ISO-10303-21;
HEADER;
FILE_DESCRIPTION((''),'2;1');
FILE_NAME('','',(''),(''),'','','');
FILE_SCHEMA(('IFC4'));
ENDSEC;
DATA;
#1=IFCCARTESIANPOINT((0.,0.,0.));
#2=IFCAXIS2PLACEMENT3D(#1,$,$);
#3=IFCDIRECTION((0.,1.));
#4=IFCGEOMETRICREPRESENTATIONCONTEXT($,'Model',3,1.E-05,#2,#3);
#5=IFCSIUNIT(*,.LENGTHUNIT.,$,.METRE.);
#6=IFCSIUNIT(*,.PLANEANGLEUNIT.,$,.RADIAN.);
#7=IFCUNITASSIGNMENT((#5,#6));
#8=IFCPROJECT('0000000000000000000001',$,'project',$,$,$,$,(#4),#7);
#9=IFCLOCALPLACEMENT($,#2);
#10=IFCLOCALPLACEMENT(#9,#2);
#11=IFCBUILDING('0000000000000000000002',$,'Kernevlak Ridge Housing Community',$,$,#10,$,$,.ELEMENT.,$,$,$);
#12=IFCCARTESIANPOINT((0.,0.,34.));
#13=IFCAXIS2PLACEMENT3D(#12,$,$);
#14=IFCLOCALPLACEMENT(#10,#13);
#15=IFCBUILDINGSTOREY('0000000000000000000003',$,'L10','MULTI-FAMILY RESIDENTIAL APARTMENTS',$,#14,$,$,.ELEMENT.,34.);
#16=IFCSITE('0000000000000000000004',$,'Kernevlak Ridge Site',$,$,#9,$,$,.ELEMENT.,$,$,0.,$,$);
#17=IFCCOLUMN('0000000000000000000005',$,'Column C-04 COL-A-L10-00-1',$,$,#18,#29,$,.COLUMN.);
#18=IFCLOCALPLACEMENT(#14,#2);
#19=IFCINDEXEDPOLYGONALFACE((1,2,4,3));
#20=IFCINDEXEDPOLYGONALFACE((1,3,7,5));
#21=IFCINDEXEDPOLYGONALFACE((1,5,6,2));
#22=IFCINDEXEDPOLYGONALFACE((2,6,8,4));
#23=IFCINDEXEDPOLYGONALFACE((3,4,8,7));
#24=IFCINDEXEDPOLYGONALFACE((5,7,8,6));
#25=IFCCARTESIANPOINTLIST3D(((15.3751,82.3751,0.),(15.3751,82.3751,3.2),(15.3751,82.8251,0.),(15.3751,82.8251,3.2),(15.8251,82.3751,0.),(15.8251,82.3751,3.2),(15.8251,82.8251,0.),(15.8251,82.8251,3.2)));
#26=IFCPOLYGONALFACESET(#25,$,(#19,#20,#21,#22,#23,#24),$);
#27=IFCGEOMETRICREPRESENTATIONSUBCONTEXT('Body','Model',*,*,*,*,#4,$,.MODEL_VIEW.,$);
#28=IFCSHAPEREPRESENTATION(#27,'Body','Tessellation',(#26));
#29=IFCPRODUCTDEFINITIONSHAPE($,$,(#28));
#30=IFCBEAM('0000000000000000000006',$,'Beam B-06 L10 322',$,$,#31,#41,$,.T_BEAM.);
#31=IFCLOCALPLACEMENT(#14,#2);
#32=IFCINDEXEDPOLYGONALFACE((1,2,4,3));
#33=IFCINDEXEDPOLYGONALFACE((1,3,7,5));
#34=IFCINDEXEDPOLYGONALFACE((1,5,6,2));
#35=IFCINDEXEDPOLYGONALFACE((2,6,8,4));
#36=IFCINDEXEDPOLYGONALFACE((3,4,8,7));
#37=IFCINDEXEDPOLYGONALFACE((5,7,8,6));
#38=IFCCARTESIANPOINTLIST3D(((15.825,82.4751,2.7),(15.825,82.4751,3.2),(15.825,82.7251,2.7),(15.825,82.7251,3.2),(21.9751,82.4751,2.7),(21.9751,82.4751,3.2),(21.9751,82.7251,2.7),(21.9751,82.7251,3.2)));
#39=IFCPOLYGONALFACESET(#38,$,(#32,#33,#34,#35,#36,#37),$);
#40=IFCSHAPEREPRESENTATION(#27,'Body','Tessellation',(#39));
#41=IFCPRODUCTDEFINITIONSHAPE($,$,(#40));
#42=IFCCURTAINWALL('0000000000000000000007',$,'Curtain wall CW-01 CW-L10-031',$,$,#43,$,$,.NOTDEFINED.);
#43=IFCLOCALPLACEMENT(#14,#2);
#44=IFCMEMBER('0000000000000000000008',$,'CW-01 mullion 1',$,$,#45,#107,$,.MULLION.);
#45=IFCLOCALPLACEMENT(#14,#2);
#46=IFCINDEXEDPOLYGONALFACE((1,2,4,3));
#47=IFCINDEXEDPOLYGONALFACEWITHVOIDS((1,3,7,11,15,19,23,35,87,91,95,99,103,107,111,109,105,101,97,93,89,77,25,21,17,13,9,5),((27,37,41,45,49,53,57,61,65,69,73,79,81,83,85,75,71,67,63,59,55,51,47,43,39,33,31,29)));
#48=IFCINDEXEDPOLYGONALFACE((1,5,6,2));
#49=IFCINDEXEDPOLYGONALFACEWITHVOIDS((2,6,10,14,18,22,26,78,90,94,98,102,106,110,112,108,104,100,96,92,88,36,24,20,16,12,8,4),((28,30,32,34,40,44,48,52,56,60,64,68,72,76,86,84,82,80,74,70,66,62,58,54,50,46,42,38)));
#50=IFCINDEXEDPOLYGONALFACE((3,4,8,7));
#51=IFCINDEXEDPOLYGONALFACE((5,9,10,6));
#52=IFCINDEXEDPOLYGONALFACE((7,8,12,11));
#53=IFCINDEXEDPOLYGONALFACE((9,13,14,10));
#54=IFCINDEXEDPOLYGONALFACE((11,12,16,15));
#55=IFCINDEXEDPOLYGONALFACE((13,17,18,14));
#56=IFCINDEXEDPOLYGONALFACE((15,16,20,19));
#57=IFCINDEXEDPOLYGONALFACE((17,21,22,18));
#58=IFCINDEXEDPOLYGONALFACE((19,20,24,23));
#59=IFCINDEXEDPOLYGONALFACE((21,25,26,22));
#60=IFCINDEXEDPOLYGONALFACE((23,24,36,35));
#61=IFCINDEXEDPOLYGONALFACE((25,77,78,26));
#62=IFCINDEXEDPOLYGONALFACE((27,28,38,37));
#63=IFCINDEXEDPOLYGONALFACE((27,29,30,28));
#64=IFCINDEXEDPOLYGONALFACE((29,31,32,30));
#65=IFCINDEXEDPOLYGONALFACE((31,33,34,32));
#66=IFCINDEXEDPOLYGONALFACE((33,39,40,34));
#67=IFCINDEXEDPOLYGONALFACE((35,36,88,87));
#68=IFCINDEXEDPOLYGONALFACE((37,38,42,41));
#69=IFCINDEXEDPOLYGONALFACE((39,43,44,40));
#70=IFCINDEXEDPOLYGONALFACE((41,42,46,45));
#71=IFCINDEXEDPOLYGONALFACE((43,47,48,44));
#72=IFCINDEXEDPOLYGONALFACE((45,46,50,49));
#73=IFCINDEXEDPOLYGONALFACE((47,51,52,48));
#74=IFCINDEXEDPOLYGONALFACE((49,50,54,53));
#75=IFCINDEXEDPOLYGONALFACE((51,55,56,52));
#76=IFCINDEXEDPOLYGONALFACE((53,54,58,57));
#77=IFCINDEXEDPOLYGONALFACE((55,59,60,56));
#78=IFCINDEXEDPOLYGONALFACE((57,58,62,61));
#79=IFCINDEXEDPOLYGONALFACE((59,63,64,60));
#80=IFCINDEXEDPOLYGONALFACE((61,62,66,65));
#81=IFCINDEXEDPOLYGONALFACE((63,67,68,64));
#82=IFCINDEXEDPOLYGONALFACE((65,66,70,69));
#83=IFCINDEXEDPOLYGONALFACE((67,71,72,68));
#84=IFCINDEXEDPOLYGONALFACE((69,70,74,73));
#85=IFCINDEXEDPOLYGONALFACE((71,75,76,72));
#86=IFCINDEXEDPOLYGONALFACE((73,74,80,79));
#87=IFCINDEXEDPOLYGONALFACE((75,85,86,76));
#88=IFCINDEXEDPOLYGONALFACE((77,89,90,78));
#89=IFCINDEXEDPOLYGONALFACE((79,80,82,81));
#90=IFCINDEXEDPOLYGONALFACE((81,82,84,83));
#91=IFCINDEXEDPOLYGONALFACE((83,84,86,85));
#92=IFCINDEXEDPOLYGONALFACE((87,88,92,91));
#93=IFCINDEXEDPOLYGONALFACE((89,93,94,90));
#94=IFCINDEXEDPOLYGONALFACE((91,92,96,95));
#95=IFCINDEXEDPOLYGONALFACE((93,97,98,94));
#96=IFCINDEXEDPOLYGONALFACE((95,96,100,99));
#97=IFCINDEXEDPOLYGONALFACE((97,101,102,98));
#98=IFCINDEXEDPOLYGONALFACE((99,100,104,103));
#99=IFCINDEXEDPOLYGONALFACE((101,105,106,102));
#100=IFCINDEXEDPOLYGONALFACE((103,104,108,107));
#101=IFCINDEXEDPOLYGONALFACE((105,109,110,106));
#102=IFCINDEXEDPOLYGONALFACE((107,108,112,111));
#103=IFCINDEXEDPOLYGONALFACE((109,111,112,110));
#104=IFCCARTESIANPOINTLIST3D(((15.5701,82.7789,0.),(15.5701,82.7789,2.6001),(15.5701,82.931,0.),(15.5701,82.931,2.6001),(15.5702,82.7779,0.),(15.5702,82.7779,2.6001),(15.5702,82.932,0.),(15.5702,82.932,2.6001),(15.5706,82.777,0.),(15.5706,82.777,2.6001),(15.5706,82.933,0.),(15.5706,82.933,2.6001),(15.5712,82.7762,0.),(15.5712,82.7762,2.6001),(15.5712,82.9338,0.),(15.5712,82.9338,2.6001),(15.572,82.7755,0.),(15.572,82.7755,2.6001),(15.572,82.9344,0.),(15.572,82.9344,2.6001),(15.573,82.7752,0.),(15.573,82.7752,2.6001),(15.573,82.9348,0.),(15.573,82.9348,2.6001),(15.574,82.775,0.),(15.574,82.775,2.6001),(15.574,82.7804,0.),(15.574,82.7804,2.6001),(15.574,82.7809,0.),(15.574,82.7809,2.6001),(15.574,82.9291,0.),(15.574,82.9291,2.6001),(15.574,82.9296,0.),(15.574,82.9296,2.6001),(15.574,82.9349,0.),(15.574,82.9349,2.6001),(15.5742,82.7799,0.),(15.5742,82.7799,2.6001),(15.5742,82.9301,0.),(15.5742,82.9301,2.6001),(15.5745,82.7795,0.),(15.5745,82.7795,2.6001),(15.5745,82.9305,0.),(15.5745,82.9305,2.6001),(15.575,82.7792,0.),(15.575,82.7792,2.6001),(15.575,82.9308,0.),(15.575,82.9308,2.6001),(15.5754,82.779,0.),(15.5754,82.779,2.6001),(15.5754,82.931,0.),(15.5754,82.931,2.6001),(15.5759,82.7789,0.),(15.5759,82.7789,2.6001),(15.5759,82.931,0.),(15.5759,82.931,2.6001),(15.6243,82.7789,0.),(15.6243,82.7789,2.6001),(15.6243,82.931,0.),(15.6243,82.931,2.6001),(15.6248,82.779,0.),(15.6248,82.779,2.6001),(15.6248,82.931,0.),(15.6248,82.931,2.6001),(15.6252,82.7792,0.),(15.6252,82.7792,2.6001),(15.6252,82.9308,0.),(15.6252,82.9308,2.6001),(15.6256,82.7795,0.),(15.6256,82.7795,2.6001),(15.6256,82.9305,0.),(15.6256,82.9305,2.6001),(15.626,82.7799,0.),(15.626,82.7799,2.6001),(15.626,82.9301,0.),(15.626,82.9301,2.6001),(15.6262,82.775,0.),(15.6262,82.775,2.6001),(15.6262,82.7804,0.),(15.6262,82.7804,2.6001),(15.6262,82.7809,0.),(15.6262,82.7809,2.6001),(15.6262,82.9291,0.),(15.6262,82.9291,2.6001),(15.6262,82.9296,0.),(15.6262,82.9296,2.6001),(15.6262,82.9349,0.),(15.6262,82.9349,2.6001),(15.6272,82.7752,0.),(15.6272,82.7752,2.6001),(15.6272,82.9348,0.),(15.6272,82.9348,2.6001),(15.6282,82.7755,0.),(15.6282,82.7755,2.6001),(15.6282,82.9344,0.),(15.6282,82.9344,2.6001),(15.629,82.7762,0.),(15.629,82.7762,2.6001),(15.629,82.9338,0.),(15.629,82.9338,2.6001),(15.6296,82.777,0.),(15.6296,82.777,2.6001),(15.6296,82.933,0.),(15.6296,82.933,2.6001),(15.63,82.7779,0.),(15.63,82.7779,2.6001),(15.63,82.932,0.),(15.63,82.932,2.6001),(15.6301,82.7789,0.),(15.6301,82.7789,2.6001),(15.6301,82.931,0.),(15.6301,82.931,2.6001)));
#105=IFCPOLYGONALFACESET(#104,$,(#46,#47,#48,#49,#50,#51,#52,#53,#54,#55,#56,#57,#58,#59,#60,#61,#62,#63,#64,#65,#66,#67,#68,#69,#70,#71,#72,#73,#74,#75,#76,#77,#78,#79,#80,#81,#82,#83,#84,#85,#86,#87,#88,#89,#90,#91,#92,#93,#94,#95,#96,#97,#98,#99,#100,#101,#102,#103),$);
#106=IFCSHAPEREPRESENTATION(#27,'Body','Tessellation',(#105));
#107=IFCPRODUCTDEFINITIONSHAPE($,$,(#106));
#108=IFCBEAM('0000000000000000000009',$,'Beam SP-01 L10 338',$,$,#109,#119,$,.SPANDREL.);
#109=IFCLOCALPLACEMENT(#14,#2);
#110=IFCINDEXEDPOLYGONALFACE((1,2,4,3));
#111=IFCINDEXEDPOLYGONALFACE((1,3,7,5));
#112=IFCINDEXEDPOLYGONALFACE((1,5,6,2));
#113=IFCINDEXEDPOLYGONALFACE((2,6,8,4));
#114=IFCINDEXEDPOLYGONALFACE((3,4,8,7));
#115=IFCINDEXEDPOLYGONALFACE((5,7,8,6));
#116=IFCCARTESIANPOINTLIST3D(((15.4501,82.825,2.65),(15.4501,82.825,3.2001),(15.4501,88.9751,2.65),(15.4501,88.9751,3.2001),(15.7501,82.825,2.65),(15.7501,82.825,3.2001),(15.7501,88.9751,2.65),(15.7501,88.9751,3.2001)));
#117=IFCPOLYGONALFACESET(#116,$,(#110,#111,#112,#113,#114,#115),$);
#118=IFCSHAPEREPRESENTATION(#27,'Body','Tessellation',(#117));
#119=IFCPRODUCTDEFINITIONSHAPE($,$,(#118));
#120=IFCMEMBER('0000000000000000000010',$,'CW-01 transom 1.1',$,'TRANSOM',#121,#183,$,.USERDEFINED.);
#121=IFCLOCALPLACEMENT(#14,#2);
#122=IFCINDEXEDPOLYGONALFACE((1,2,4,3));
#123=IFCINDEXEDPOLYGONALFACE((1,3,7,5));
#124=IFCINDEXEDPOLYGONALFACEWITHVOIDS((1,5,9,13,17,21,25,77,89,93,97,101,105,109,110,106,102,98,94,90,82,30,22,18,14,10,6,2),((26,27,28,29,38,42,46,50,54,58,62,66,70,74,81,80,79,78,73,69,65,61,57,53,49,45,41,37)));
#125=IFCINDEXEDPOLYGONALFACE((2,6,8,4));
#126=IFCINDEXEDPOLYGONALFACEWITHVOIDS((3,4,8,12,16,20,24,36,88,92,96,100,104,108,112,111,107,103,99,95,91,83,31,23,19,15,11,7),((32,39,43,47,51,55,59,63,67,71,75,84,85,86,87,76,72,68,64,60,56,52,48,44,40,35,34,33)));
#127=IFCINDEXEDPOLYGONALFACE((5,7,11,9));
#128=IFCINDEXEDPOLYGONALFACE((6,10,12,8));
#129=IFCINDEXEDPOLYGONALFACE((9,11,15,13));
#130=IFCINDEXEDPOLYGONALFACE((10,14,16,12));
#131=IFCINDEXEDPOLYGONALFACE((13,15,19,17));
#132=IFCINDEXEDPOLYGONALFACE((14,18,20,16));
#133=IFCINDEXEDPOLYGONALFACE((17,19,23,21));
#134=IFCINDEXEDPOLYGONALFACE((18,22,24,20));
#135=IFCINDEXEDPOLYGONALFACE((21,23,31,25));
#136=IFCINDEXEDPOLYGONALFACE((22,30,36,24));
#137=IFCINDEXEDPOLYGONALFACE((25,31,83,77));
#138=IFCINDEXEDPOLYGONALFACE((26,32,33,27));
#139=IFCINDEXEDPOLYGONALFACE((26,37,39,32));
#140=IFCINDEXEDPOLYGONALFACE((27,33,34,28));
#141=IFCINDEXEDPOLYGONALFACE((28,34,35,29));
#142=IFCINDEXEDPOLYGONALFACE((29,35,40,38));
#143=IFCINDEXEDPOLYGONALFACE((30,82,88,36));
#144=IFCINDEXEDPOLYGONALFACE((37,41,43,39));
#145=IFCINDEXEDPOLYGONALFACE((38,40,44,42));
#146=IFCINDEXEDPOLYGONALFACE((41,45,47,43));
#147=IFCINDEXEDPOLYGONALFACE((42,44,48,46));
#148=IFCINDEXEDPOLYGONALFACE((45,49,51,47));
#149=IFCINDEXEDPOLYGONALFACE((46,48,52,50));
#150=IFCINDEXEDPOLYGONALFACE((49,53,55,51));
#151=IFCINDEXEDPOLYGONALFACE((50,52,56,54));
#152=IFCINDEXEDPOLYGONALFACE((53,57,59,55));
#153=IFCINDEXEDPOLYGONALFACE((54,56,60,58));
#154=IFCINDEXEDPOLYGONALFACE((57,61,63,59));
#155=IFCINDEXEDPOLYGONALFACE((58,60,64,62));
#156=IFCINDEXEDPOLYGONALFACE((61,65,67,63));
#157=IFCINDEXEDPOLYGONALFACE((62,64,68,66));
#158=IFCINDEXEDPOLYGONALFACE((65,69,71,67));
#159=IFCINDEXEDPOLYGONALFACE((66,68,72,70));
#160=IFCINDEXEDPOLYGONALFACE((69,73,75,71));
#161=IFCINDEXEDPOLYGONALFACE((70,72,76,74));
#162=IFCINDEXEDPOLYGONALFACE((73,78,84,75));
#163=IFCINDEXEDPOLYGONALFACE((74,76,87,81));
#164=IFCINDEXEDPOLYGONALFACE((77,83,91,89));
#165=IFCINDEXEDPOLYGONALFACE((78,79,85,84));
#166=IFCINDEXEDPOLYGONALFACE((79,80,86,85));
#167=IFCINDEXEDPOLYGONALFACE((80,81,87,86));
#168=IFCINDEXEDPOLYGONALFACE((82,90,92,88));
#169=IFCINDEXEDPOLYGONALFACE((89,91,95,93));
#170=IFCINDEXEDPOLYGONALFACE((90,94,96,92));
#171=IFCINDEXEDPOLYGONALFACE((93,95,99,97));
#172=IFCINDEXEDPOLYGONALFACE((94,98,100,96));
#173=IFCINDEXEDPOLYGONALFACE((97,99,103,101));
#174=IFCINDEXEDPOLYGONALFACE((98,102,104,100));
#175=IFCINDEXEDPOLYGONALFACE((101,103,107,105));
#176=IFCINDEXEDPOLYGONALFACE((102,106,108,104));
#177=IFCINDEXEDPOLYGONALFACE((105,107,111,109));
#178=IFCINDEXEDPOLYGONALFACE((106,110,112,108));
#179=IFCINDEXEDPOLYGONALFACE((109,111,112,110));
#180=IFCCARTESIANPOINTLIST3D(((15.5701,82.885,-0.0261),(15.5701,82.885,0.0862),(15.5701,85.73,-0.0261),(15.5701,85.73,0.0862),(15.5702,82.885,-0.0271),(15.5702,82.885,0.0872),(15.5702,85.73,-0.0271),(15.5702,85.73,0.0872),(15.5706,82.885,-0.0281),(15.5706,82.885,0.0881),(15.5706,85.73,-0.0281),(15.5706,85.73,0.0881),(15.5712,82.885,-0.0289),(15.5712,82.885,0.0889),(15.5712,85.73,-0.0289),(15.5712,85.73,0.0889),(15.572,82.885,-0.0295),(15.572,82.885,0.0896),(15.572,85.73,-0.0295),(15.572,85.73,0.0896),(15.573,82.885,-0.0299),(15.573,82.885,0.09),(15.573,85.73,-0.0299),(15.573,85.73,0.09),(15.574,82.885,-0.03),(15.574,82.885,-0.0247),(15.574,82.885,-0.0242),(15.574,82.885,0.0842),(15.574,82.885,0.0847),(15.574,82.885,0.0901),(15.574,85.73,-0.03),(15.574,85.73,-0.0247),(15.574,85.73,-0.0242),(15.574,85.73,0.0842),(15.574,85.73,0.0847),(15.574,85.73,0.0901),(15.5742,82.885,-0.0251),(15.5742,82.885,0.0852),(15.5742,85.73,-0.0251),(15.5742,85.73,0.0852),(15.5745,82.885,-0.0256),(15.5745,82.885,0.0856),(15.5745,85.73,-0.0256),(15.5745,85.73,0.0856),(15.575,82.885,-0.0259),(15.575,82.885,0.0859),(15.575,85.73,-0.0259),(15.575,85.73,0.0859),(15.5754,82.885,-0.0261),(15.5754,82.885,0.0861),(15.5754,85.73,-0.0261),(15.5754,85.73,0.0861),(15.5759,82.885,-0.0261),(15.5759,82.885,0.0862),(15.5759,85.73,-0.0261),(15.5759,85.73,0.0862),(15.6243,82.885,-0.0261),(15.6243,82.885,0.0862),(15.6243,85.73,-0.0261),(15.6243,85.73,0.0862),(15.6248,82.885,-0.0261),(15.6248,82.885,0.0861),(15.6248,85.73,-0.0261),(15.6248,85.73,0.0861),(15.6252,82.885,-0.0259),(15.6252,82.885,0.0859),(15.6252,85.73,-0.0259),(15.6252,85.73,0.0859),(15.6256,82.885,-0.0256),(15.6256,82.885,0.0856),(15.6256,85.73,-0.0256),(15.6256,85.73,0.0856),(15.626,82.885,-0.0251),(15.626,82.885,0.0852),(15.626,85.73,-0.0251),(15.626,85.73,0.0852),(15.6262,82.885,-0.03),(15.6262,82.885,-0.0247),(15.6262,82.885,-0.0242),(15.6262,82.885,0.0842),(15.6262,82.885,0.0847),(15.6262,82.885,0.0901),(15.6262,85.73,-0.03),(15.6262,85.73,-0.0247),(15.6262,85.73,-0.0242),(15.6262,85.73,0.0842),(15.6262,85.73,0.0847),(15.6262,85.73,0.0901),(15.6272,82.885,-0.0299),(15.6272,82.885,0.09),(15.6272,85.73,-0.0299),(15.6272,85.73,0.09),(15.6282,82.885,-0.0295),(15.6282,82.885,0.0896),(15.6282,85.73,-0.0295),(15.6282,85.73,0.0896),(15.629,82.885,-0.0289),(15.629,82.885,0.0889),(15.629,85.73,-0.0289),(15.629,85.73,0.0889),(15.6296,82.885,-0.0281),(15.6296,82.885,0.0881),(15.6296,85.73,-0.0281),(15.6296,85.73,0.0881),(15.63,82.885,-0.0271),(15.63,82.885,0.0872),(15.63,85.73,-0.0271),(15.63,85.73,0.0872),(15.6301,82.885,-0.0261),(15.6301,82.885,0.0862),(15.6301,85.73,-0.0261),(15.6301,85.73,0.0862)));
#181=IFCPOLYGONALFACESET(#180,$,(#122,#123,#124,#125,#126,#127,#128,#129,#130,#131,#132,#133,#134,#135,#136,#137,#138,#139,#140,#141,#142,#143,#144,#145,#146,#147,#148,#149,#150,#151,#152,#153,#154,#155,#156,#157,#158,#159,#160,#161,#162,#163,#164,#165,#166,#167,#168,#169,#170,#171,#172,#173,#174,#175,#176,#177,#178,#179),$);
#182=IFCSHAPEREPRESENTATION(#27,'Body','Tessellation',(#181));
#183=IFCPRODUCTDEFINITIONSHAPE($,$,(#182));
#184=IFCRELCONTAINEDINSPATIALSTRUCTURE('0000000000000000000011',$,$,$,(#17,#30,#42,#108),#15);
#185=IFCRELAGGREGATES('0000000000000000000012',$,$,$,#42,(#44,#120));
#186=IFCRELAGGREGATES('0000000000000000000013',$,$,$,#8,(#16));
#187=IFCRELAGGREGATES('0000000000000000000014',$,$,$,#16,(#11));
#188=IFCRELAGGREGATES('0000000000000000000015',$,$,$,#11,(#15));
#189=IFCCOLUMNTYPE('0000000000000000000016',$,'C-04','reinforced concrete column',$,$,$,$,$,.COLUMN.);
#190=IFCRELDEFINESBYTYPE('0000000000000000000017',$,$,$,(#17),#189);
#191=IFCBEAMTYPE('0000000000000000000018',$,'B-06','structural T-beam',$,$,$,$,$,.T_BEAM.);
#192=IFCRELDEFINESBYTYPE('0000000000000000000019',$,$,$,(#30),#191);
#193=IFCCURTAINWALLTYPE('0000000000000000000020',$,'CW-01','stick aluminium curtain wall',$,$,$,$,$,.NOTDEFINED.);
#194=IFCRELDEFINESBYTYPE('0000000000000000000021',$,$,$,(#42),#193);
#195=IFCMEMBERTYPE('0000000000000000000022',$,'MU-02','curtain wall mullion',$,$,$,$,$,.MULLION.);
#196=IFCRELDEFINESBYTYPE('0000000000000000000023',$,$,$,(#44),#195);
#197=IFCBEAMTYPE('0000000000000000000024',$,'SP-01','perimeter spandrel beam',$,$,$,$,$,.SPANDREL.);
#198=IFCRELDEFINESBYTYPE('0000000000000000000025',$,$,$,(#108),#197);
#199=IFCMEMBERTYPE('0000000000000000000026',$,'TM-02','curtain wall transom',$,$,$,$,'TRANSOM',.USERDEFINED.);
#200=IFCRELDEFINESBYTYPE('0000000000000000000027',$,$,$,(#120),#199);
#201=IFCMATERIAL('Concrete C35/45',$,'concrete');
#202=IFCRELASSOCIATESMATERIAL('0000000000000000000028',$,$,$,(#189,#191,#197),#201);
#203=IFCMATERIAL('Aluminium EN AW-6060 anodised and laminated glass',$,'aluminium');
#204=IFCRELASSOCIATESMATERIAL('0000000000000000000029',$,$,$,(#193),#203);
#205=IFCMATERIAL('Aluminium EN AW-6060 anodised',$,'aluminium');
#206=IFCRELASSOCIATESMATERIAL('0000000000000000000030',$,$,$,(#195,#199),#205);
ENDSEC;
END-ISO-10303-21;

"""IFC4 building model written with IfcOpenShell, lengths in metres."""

from ifc_helpers import new_model, si_unit, direction, frame, origin, origin_2d, place, context, subcontext, project, spatial, rectangle, hollow_rectangle, extrude, material, material_profile, profile_set, type_object, element, aggregate, save


model = new_model("IFC4")

# Units and contexts
model_context = context("Model", 3, precision=1e-05, world=origin(), true_north=direction((0.0, 1.0)))
body_context = subcontext(model_context, "Body", "Model", "MODEL_VIEW")
ifc_project = project(units=[si_unit("LENGTHUNIT", "METRE"), si_unit("PLANEANGLEUNIT", "RADIAN")], contexts=[model_context])

# Site, building, storey
site_placement = place(None, origin())
site = spatial("IfcSite", under=ifc_project, at=site_placement, Name="Kernevlak Ridge Site", CompositionType="ELEMENT", RefElevation=0.0)
building_placement = place(site_placement, origin())
building = spatial("IfcBuilding", under=site, at=building_placement, Name="Kernevlak Ridge Housing Community", CompositionType="ELEMENT")
storey_placement = place(building_placement, frame((0.0, 0.0, 34.0)))
storey = spatial("IfcBuildingStorey", under=building, at=storey_placement, Name="L10", Description="MULTI-FAMILY RESIDENTIAL APARTMENTS", CompositionType="ELEMENT", Elevation=34.0)

# Column
ifc_material_1 = material(Name="Concrete C35/45", Category="concrete")
ifc_material_profile_1 = material_profile(ifc_material_1, rectangle(XDim=0.45, YDim=0.45, at=origin_2d()), Name="RC 450x450")
ifc_profile_set_1 = profile_set([ifc_material_profile_1], Name="Concrete C35/45")
column_type = type_object("IfcColumnType", Name="C-04", Description="reinforced concrete column", PredefinedType="COLUMN", material=ifc_profile_set_1)
column_placement = place(storey_placement, frame((15.6001, 82.6001, 0.0), z_axis=(0.0, 0.0, 1.0), x_axis=(1.0, 0.0, 0.0)))
element("IfcColumn", 1, at=column_placement, inside=storey, type_object=column_type, Name="Column C-04 COL-A-L10-00-1", PredefinedType="COLUMN", context=body_context, shape_type="SweptSolid", body=[
    extrude(rectangle(XDim=0.45, YDim=0.45, at=origin_2d()), origin(), (0.0, 0.0, 1.0), 3.2),
])

# Beam
ifc_material_profile_2 = material_profile(ifc_material_1, rectangle(XDim=0.25, YDim=0.5, at=origin_2d()), Name="RC 250x500")
ifc_profile_set_2 = profile_set([ifc_material_profile_2], Name="Concrete C35/45")
beam_type_1 = type_object("IfcBeamType", Name="B-06", Description="structural T-beam", PredefinedType="T_BEAM", material=ifc_profile_set_2)
beam_1_placement = place(storey_placement, frame((15.825, 82.6001, 2.95), z_axis=(1.0, 0.0, 0.0), x_axis=(0.0, 1.0, 0.0)))
element("IfcBeam", 2, at=beam_1_placement, inside=storey, type_object=beam_type_1, Name="Beam B-06 L10 322", PredefinedType="T_BEAM", context=body_context, shape_type="SweptSolid", body=[
    extrude(rectangle(XDim=0.25, YDim=0.5, at=origin_2d()), origin(), (0.0, 0.0, 1.0), 6.1501),
])

# Curtain wall, member
ifc_material_2 = material(Name="Aluminium EN AW-6060 anodised and laminated glass", Category="aluminium")
curtain_wall_type = type_object("IfcCurtainWallType", Name="CW-01", Description="stick aluminium curtain wall", PredefinedType="NOTDEFINED", material=ifc_material_2)
curtain_wall_placement = place(storey_placement, origin())
curtain_wall = element("IfcCurtainWall", 3, at=curtain_wall_placement, inside=storey, type_object=curtain_wall_type, Name="Curtain wall CW-01 CW-L10-031", PredefinedType="NOTDEFINED")
ifc_material_3 = material(Name="Aluminium EN AW-6060 anodised", Category="aluminium")
ifc_material_profile_3 = material_profile(ifc_material_3, hollow_rectangle(XDim=0.0601, YDim=0.1599, WallThickness=0.0039, InnerFilletRadius=0.002, OuterFilletRadius=0.0039, at=origin_2d()), Name="ALU 60x160x4")
ifc_profile_set_3 = profile_set([ifc_material_profile_3], Name="Aluminium EN AW-6060 anodised")
member_type_1 = type_object("IfcMemberType", Name="MU-02", Description="curtain wall mullion", PredefinedType="MULLION", material=ifc_profile_set_3)
member_1_placement = place(storey_placement, frame((15.6001, 82.855, 0.0), z_axis=(0.0, 0.0, 1.0), x_axis=(-1.0, 0.0, 0.0)))
member_1 = element("IfcMember", 4, at=member_1_placement, type_object=member_type_1, Name="CW-01 mullion 1", PredefinedType="MULLION", context=body_context, shape_type="SweptSolid", body=[
    extrude(hollow_rectangle(XDim=0.0601, YDim=0.1599, WallThickness=0.0039, InnerFilletRadius=0.002, OuterFilletRadius=0.0039, at=origin_2d()), origin(), (0.0, 0.0, 1.0), 2.6001),
])

# Beam
ifc_material_profile_4 = material_profile(ifc_material_1, rectangle(XDim=0.3, YDim=0.55, at=origin_2d()), Name="RC 300x550")
ifc_profile_set_4 = profile_set([ifc_material_profile_4], Name="Concrete C35/45")
beam_type_2 = type_object("IfcBeamType", Name="SP-01", Description="perimeter spandrel beam", PredefinedType="SPANDREL", material=ifc_profile_set_4)
beam_2_placement = place(storey_placement, frame((15.6001, 82.825, 2.925), z_axis=(0.0, 1.0, 0.0), x_axis=(-1.0, 0.0, 0.0)))
element("IfcBeam", 5, at=beam_2_placement, inside=storey, type_object=beam_type_2, Name="Beam SP-01 L10 338", PredefinedType="SPANDREL", context=body_context, shape_type="SweptSolid", body=[
    extrude(rectangle(XDim=0.3, YDim=0.55, at=origin_2d()), origin(), (0.0, 0.0, 1.0), 6.1501),
])

# Member
ifc_material_profile_5 = material_profile(ifc_material_3, hollow_rectangle(XDim=0.0601, YDim=0.1201, WallThickness=0.0039, InnerFilletRadius=0.002, OuterFilletRadius=0.0039, at=origin_2d()), Name="ALU 60x120x4")
ifc_profile_set_5 = profile_set([ifc_material_profile_5], Name="Aluminium EN AW-6060 anodised")
member_type_2 = type_object("IfcMemberType", Name="TM-02", Description="curtain wall transom", ElementType="TRANSOM", PredefinedType="USERDEFINED", material=ifc_profile_set_5)
member_2_placement = place(storey_placement, frame((15.6001, 82.885, 0.03), z_axis=(0.0, 1.0, 0.0), x_axis=(-1.0, 0.0, 0.0)))
member_2 = element("IfcMember", 6, at=member_2_placement, type_object=member_type_2, Name="CW-01 transom 1.1", ObjectType="TRANSOM", PredefinedType="USERDEFINED", context=body_context, shape_type="SweptSolid", body=[
    extrude(hollow_rectangle(XDim=0.0601, YDim=0.1201, WallThickness=0.0039, InnerFilletRadius=0.002, OuterFilletRadius=0.0039, at=origin_2d()), origin(), (0.0, 0.0, 1.0), 2.845),
])

aggregate(curtain_wall, [member_1, member_2])

save(model, "model.ifc")
